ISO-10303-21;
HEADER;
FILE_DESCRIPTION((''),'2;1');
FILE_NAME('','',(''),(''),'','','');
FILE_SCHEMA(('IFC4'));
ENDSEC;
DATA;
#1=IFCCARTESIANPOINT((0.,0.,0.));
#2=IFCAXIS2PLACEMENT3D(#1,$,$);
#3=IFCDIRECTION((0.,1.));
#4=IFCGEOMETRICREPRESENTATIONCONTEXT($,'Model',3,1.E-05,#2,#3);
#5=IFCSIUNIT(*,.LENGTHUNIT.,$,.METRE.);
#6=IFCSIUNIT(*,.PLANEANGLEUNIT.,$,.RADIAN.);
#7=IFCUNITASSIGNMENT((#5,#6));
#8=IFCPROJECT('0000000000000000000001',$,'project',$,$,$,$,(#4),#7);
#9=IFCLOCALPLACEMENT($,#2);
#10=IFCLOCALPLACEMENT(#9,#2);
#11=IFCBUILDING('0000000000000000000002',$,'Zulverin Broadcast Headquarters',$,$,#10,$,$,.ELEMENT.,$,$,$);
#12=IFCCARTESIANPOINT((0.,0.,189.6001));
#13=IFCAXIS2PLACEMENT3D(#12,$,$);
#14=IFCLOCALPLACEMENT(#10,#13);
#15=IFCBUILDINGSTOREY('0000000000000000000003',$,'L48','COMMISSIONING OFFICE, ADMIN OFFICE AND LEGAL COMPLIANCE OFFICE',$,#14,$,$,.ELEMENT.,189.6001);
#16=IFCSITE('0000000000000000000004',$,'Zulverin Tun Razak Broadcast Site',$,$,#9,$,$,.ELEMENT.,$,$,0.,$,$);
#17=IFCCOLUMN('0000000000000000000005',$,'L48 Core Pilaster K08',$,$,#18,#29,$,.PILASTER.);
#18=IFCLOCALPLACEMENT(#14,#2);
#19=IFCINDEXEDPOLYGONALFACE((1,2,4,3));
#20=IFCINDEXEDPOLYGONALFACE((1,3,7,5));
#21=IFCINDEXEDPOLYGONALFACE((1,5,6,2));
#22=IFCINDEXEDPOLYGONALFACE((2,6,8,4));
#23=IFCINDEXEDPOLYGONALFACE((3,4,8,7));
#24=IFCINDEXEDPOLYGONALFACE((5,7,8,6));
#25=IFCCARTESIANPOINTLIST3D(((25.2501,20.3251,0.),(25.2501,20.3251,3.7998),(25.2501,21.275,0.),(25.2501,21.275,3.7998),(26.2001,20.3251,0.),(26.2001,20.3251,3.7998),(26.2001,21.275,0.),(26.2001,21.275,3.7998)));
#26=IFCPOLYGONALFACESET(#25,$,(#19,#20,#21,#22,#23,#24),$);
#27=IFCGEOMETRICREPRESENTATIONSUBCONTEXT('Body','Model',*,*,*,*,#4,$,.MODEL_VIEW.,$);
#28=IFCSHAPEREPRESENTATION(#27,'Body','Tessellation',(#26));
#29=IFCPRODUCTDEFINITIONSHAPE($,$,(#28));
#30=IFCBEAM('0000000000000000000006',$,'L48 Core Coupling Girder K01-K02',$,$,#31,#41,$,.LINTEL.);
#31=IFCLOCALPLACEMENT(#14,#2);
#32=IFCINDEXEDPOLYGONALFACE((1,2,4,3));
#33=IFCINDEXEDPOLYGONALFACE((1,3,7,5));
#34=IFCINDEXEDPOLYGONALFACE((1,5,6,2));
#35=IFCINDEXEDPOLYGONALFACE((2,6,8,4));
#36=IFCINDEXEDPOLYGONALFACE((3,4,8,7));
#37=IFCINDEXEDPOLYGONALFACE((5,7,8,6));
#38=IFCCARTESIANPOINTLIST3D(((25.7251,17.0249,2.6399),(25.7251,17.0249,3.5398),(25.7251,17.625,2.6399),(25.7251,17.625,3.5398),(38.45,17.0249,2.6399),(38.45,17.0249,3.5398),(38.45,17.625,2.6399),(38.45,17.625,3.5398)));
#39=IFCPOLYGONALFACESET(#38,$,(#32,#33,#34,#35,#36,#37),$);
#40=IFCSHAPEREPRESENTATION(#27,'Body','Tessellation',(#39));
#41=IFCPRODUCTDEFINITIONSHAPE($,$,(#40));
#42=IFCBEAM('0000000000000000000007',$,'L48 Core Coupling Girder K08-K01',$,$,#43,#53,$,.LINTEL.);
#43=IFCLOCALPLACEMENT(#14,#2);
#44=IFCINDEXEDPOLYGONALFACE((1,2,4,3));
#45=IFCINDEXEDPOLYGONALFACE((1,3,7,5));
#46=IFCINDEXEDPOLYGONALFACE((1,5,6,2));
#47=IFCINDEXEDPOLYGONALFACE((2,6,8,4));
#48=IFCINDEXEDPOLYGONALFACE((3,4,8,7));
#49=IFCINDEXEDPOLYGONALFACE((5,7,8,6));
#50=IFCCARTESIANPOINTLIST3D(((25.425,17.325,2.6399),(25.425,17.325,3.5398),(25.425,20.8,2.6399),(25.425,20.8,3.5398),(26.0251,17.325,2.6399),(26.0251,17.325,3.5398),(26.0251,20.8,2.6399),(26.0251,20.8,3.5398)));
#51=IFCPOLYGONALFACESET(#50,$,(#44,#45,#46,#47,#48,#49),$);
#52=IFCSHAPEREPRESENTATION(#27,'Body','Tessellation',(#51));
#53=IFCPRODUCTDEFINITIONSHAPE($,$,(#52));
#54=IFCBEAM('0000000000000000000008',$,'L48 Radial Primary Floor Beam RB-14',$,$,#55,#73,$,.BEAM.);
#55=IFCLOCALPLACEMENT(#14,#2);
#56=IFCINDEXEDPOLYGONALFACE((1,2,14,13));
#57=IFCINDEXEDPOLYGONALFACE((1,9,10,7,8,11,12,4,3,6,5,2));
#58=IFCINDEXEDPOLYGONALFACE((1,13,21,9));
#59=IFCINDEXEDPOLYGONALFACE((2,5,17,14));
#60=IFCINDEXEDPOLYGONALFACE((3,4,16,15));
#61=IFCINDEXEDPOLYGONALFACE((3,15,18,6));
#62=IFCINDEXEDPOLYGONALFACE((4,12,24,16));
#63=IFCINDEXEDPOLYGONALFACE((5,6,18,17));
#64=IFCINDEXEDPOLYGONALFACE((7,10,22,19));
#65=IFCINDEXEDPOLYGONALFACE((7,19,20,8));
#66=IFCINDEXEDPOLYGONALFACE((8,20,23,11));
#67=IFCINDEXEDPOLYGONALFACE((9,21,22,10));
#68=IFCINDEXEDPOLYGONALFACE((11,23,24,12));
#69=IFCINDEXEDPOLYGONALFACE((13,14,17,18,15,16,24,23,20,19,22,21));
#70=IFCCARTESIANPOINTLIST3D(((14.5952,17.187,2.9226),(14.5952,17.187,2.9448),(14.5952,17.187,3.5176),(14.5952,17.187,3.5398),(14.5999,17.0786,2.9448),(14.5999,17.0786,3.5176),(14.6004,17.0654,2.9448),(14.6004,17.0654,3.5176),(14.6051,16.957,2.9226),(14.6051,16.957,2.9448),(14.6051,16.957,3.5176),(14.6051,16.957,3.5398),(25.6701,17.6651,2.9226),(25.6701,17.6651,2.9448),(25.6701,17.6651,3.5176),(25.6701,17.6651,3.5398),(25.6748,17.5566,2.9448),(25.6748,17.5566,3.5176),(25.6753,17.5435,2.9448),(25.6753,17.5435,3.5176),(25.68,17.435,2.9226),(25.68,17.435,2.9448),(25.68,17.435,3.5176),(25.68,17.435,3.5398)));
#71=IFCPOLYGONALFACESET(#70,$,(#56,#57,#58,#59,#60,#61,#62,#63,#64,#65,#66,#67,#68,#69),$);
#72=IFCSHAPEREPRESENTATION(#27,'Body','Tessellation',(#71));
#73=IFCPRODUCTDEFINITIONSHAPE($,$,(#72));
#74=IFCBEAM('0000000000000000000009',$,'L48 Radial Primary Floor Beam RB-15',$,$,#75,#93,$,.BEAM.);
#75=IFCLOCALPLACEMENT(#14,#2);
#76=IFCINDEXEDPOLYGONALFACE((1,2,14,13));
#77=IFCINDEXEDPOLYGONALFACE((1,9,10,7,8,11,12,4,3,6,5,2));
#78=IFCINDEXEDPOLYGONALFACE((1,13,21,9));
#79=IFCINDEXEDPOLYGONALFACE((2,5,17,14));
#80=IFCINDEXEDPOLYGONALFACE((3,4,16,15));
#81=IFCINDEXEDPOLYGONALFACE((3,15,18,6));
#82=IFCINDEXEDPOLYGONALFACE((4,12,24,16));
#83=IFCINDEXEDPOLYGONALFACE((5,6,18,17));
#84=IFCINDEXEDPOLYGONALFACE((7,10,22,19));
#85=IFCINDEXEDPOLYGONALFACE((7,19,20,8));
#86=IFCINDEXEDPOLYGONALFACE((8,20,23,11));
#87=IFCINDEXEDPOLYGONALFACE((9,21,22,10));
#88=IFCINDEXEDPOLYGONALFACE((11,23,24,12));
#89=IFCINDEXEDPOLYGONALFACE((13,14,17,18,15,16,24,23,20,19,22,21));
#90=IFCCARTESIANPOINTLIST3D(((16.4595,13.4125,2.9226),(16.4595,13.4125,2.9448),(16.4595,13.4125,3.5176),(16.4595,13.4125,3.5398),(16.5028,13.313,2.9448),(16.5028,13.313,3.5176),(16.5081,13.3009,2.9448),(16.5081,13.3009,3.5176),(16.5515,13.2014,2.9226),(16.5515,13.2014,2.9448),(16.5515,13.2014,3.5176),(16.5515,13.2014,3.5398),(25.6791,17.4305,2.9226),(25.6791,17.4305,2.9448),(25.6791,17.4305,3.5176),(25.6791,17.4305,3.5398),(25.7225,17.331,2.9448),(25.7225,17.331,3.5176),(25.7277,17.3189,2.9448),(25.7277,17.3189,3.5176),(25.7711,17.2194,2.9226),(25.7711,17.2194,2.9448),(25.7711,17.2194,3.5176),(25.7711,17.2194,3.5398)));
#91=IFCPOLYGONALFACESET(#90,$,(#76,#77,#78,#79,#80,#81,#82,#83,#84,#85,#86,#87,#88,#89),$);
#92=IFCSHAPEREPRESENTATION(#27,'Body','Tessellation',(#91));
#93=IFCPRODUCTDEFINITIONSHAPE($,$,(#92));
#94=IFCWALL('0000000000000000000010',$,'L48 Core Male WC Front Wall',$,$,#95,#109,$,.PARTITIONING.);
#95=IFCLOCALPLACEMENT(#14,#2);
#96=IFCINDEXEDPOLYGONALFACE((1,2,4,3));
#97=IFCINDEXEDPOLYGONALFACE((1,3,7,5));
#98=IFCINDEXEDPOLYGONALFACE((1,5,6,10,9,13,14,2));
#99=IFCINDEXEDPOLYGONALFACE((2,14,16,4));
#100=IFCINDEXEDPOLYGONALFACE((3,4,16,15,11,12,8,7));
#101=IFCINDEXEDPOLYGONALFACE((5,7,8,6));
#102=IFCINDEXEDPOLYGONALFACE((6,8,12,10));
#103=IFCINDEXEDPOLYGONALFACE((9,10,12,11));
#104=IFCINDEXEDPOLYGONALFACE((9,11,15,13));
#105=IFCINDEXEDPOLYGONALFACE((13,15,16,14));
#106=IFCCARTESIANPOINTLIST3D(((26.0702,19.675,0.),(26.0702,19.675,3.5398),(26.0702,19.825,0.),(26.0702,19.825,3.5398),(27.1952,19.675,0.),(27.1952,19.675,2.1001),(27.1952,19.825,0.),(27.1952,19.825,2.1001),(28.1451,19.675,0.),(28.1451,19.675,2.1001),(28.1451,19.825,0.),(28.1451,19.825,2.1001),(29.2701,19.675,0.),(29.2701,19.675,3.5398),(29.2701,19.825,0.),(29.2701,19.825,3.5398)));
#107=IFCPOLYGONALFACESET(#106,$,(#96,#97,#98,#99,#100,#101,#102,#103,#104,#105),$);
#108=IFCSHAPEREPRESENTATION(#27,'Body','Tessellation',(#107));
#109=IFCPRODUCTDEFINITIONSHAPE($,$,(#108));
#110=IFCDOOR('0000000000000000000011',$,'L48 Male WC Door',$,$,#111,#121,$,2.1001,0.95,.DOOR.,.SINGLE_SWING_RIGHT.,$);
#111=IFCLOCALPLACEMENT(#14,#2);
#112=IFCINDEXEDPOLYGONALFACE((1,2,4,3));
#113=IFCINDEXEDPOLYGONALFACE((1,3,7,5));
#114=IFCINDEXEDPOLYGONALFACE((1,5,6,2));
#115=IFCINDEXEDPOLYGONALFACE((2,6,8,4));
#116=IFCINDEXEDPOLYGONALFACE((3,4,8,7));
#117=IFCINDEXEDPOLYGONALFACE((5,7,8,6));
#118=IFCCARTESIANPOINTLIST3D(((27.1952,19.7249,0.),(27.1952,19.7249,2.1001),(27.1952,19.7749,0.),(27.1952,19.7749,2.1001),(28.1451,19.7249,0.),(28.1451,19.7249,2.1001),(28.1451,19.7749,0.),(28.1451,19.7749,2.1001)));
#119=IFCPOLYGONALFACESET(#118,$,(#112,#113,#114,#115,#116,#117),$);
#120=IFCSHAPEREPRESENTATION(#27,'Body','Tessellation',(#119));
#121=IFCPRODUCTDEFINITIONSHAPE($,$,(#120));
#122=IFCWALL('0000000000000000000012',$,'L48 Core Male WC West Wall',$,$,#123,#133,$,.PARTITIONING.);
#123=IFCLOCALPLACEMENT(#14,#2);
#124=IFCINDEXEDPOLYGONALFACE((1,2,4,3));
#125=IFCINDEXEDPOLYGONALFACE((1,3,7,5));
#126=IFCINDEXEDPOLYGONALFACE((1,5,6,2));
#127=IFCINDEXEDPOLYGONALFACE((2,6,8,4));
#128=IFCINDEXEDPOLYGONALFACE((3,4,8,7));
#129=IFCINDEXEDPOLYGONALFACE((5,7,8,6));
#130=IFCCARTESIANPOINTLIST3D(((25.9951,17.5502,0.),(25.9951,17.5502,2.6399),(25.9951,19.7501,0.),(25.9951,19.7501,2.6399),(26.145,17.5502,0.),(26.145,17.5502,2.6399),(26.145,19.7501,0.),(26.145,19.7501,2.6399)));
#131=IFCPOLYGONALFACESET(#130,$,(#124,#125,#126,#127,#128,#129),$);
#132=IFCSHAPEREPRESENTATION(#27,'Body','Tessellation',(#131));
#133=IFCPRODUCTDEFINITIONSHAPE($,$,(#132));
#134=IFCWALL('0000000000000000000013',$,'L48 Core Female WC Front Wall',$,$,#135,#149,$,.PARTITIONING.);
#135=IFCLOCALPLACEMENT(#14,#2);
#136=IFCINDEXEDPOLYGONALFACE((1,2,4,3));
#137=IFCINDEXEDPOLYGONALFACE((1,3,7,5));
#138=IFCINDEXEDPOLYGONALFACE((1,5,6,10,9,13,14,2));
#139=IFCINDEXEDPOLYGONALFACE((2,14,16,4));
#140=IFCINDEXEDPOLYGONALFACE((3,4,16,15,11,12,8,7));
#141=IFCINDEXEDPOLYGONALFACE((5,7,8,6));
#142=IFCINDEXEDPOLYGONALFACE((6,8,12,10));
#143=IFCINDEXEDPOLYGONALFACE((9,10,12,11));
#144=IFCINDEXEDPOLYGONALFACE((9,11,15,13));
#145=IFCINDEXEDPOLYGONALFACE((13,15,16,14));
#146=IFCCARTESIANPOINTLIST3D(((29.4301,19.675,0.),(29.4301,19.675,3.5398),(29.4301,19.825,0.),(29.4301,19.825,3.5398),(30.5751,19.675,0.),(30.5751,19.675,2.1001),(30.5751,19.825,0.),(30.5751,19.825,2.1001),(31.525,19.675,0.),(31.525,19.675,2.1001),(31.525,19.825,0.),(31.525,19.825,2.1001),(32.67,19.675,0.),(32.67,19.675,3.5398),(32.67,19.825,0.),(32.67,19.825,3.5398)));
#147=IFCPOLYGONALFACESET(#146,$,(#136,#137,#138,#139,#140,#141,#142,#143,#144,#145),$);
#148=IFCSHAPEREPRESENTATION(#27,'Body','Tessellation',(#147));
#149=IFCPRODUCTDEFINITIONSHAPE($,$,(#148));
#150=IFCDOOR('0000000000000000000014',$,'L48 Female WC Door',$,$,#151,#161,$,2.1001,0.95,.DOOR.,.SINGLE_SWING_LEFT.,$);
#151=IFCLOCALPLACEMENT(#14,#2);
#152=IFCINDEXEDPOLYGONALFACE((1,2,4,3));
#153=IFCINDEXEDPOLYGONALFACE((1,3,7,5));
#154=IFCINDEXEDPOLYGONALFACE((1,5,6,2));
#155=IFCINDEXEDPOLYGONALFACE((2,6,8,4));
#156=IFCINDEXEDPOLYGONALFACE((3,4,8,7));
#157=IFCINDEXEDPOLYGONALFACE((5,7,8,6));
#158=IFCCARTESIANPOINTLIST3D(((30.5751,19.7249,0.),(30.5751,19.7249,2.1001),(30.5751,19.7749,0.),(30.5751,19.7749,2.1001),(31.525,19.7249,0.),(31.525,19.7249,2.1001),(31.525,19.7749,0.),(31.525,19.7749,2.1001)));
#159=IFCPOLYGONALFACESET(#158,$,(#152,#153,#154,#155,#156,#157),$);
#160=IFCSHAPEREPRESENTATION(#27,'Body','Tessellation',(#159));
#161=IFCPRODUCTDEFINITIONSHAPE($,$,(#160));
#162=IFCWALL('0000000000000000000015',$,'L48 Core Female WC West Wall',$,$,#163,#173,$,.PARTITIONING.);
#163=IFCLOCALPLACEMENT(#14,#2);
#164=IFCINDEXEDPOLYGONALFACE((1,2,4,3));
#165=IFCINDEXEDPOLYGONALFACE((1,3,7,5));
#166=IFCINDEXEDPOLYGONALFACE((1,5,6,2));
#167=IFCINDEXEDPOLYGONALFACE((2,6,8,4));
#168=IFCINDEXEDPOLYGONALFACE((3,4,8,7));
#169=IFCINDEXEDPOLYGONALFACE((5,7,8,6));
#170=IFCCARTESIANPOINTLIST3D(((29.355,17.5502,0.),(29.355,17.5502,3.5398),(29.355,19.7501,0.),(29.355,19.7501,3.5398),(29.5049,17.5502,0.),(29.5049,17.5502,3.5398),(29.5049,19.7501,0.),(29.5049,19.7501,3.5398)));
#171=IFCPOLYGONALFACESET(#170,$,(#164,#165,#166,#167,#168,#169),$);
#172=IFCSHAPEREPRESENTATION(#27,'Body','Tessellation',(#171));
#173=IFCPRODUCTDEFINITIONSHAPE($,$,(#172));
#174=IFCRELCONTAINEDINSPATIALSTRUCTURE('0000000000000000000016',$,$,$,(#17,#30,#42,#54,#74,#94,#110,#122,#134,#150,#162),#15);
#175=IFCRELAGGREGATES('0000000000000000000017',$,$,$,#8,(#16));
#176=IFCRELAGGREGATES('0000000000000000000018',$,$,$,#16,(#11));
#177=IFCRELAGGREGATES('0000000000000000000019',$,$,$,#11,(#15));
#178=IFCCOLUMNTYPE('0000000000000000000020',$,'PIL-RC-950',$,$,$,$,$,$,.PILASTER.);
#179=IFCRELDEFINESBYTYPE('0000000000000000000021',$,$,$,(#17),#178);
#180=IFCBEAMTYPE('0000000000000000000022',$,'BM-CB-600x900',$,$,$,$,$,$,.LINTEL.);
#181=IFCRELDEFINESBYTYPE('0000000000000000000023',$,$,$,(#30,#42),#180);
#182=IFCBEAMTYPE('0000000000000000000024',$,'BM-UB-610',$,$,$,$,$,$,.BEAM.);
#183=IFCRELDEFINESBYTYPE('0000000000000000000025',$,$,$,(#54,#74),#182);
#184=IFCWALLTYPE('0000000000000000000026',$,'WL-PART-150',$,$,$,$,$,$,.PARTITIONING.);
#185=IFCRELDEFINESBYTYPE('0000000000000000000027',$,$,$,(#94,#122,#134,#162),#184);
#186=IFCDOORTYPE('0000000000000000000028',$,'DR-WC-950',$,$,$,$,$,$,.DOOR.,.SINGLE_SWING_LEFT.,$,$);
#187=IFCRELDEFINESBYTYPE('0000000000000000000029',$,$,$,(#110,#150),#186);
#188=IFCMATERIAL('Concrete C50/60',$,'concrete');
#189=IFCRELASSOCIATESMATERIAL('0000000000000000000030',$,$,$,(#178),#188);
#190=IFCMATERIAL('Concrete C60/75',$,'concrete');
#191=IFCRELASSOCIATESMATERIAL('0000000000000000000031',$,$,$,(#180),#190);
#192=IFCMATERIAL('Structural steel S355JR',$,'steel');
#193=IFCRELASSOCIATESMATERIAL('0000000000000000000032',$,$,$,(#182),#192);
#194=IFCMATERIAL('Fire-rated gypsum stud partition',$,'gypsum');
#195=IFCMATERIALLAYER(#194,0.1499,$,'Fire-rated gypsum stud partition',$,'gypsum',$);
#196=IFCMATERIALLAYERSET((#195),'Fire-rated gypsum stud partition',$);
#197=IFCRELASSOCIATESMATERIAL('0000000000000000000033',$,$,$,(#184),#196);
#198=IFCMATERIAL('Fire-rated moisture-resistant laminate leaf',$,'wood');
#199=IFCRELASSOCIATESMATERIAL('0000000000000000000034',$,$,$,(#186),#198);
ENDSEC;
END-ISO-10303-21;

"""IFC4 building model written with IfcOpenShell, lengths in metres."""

from ifc_helpers import new_model, si_unit, direction, frame, frame_2d, origin, origin_2d, place, context, subcontext, project, spatial, rectangle, i_section, extrude, material, layer, layer_set, material_profile, profile_set, type_object, element, fill, save


model = new_model("IFC4")

# Units and contexts
model_context = context("Model", 3, precision=1e-05, world=origin(), true_north=direction((0.0, 1.0)))
body_context = subcontext(model_context, "Body", "Model", "MODEL_VIEW")
ifc_project = project(units=[si_unit("LENGTHUNIT", "METRE"), si_unit("PLANEANGLEUNIT", "RADIAN")], contexts=[model_context])

# Site, building, storey
site_placement = place(None, origin())
site = spatial("IfcSite", under=ifc_project, at=site_placement, Name="Zulverin Tun Razak Broadcast Site", CompositionType="ELEMENT", RefElevation=0.0)
building_placement = place(site_placement, origin())
building = spatial("IfcBuilding", under=site, at=building_placement, Name="Zulverin Broadcast Headquarters", CompositionType="ELEMENT")
storey_placement = place(building_placement, frame((0.0, 0.0, 189.6001)))
storey = spatial("IfcBuildingStorey", under=building, at=storey_placement, Name="L48", Description="COMMISSIONING OFFICE, ADMIN OFFICE AND LEGAL COMPLIANCE OFFICE", CompositionType="ELEMENT", Elevation=189.6001)

# Column
ifc_material_1 = material(Name="Concrete C50/60", Category="concrete")
ifc_material_profile_1 = material_profile(ifc_material_1, rectangle(XDim=0.95, YDim=0.95, at=origin_2d()), Name="Concrete C50/60", Category="concrete")
ifc_profile_set_1 = profile_set([ifc_material_profile_1], Name="Concrete C50/60")
column_type = type_object("IfcColumnType", Name="PIL-RC-950", PredefinedType="PILASTER", material=ifc_profile_set_1)
column_placement = place(storey_placement, frame((25.7251, 20.8, 0.0), z_axis=(0.0, 0.0, 1.0), x_axis=(1.0, 0.0, 0.0)))
element("IfcColumn", 1, at=column_placement, inside=storey, type_object=column_type, Name="L48 Core Pilaster K08", PredefinedType="PILASTER", context=body_context, shape_type="SweptSolid", body=[
    extrude(rectangle(XDim=0.95, YDim=0.95, at=origin_2d()), origin(), (0.0, 0.0, 1.0), 3.7998),
])

# Beams
ifc_material_2 = material(Name="Concrete C60/75", Category="concrete")
ifc_material_profile_2 = material_profile(ifc_material_2, rectangle(XDim=0.6001, YDim=0.8999, at=origin_2d()), Name="Concrete C60/75", Category="concrete")
ifc_profile_set_2 = profile_set([ifc_material_profile_2], Name="Concrete C60/75")
beam_type_1 = type_object("IfcBeamType", Name="BM-CB-600x900", PredefinedType="LINTEL", material=ifc_profile_set_2)
beam_1_placement = place(storey_placement, frame((25.7251, 17.325, 3.0898), z_axis=(1.0, 0.0, 0.0), x_axis=(0.0, 1.0, 0.0)))
element("IfcBeam", 2, at=beam_1_placement, inside=storey, type_object=beam_type_1, Name="L48 Core Coupling Girder K01-K02", PredefinedType="LINTEL", context=body_context, shape_type="SweptSolid", body=[
    extrude(rectangle(XDim=0.6001, YDim=0.8999, at=origin_2d()), origin(), (0.0, 0.0, 1.0), 12.7249),
])
beam_2_placement = place(storey_placement, frame((25.7251, 20.8, 3.0898), z_axis=(0.0, -1.0, 0.0), x_axis=(1.0, 0.0, 0.0)))
element("IfcBeam", 3, at=beam_2_placement, inside=storey, type_object=beam_type_1, Name="L48 Core Coupling Girder K08-K01", PredefinedType="LINTEL", context=body_context, shape_type="SweptSolid", body=[
    extrude(rectangle(XDim=0.6001, YDim=0.8999, at=origin_2d()), origin(), (0.0, 0.0, 1.0), 3.4751),
])
ifc_material_3 = material(Name="Structural steel S355JR", Category="steel")
ifc_material_profile_3 = material_profile(ifc_material_3, i_section(OverallWidth=0.2302, OverallDepth=0.6172, WebThickness=0.0132, FlangeThickness=0.0222, at=origin_2d()), Name="Structural steel S355JR", Category="steel")
ifc_profile_set_3 = profile_set([ifc_material_profile_3], Name="Structural steel S355JR")
beam_type_2 = type_object("IfcBeamType", Name="BM-UB-610", PredefinedType="BEAM", material=ifc_profile_set_3)
beam_3_placement = place(storey_placement, frame((25.675, 17.55, 3.2312), z_axis=(-0.99907, -0.043123, 0.0), x_axis=(0.043123, -0.99907, 0.0)))
element("IfcBeam", 4, at=beam_3_placement, inside=storey, type_object=beam_type_2, Name="L48 Radial Primary Floor Beam RB-14", PredefinedType="BEAM", context=body_context, shape_type="SweptSolid", body=[
    extrude(i_section(OverallWidth=0.2302, OverallDepth=0.6172, WebThickness=0.0132, FlangeThickness=0.0222, at=origin_2d()), origin(), (0.0, 0.0, 1.0), 11.0852),
])
beam_4_placement = place(storey_placement, frame((25.7251, 17.325, 3.2312), z_axis=(-0.916725, -0.39952, 0.0), x_axis=(0.39952, -0.916725, 0.0)))
element("IfcBeam", 5, at=beam_4_placement, inside=storey, type_object=beam_type_2, Name="L48 Radial Primary Floor Beam RB-15", PredefinedType="BEAM", context=body_context, shape_type="SweptSolid", body=[
    extrude(i_section(OverallWidth=0.2302, OverallDepth=0.6172, WebThickness=0.0132, FlangeThickness=0.0222, at=origin_2d()), origin(), (0.0, 0.0, 1.0), 10.0571),
])

# Wall, opening, door
ifc_material_4 = material(Name="Fire-rated gypsum stud partition", Category="gypsum")
ifc_layer_1 = layer(ifc_material_4, 0.1499, Name="Fire-rated gypsum stud partition", Category="gypsum")
ifc_layer_set_1 = layer_set([ifc_layer_1], Name="Fire-rated gypsum stud partition")
wall_type_1 = type_object("IfcWallType", Name="WL-PART-150", PredefinedType="PARTITIONING", material=ifc_layer_set_1)
wall_1_placement = place(storey_placement, frame((26.0701, 19.75, 0.0), z_axis=(0.0, 0.0, 1.0), x_axis=(1.0, 0.0, 0.0)))
wall_1 = element("IfcWall", 6, at=wall_1_placement, inside=storey, type_object=wall_type_1, Name="L48 Core Male WC Front Wall", PredefinedType="PARTITIONING", context=body_context, shape_type="SweptSolid", body=[
    extrude(rectangle(XDim=3.2, YDim=0.1499, at=frame_2d((1.6001, 0.0))), origin(), (0.0, 0.0, 1.0), 3.5398),
])
opening_1_placement = place(wall_1_placement, frame((1.125, 0.0, 0.0)))
opening_1 = element("IfcOpeningElement", 7, at=opening_1_placement, cuts=wall_1, PredefinedType="OPENING", context=body_context, shape_type="SweptSolid", body=[
    extrude(rectangle(XDim=0.95, YDim=2.1001, at=frame_2d((0.4751, 1.05))), frame((0.0, 0.085, 0.0), z_axis=(0.0, -1.0, 0.0), x_axis=(1.0, 0.0, 0.0)), (0.0, 0.0, 1.0), 0.1699),
])
ifc_material_5 = material(Name="Fire-rated moisture-resistant laminate leaf", Category="wood")
door_type_1 = type_object("IfcDoorType", Name="DR-WC-950", OperationType="SINGLE_SWING_LEFT", PredefinedType="DOOR", material=ifc_material_5)
door_1_placement = place(opening_1_placement, origin())
door_1 = element("IfcDoor", 8, at=door_1_placement, inside=storey, type_object=door_type_1, Name="L48 Male WC Door", OperationType="SINGLE_SWING_RIGHT", OverallHeight=2.1001, OverallWidth=0.95, PredefinedType="DOOR", context=body_context, shape_type="SweptSolid", body=[
    extrude(rectangle(XDim=0.95, YDim=2.1001, at=frame_2d((0.4751, 1.05))), frame((0.0, 0.0249, 0.0), z_axis=(0.0, -1.0, 0.0), x_axis=(1.0, 0.0, 0.0)), (0.0, 0.0, 1.0), 0.05),
])
fill(opening_1, door_1)

# Wall
wall_2_placement = place(storey_placement, frame((26.0701, 17.55, 0.0), z_axis=(0.0, 0.0, 1.0), x_axis=(0.0, 1.0, 0.0)))
element("IfcWall", 9, at=wall_2_placement, inside=storey, type_object=wall_type_1, Name="L48 Core Male WC West Wall", PredefinedType="PARTITIONING", context=body_context, shape_type="SweptSolid", body=[
    extrude(rectangle(XDim=2.2, YDim=0.1499, at=frame_2d((1.1001, 0.0))), origin(), (0.0, 0.0, 1.0), 2.6399),
])

# Wall, opening, door
wall_3_placement = place(storey_placement, frame((29.4299, 19.75, 0.0), z_axis=(0.0, 0.0, 1.0), x_axis=(1.0, 0.0, 0.0)))
wall_3 = element("IfcWall", 10, at=wall_3_placement, inside=storey, type_object=wall_type_1, Name="L48 Core Female WC Front Wall", PredefinedType="PARTITIONING", context=body_context, shape_type="SweptSolid", body=[
    extrude(rectangle(XDim=3.24, YDim=0.1499, at=frame_2d((1.6201, 0.0))), origin(), (0.0, 0.0, 1.0), 3.5398),
])
opening_2_placement = place(wall_3_placement, frame((1.145, 0.0, 0.0)))
opening_2 = element("IfcOpeningElement", 11, at=opening_2_placement, cuts=wall_3, PredefinedType="OPENING", context=body_context, shape_type="SweptSolid", body=[
    extrude(rectangle(XDim=0.95, YDim=2.1001, at=frame_2d((0.4751, 1.05))), frame((0.0, 0.085, 0.0), z_axis=(0.0, -1.0, 0.0), x_axis=(1.0, 0.0, 0.0)), (0.0, 0.0, 1.0), 0.1699),
])
door_2_placement = place(opening_2_placement, origin())
door_2 = element("IfcDoor", 12, at=door_2_placement, inside=storey, type_object=door_type_1, Name="L48 Female WC Door", OperationType="SINGLE_SWING_LEFT", OverallHeight=2.1001, OverallWidth=0.95, PredefinedType="DOOR", context=body_context, shape_type="SweptSolid", body=[
    extrude(rectangle(XDim=0.95, YDim=2.1001, at=frame_2d((0.4751, 1.05))), frame((0.0, 0.0249, 0.0), z_axis=(0.0, -1.0, 0.0), x_axis=(1.0, 0.0, 0.0)), (0.0, 0.0, 1.0), 0.05),
])
fill(opening_2, door_2)

# Wall
wall_4_placement = place(storey_placement, frame((29.4299, 17.55, 0.0), z_axis=(0.0, 0.0, 1.0), x_axis=(0.0, 1.0, 0.0)))
element("IfcWall", 13, at=wall_4_placement, inside=storey, type_object=wall_type_1, Name="L48 Core Female WC West Wall", PredefinedType="PARTITIONING", context=body_context, shape_type="SweptSolid", body=[
    extrude(rectangle(XDim=2.2, YDim=0.1499, at=frame_2d((1.1001, 0.0))), origin(), (0.0, 0.0, 1.0), 3.5398),
])

save(model, "model.ifc")
